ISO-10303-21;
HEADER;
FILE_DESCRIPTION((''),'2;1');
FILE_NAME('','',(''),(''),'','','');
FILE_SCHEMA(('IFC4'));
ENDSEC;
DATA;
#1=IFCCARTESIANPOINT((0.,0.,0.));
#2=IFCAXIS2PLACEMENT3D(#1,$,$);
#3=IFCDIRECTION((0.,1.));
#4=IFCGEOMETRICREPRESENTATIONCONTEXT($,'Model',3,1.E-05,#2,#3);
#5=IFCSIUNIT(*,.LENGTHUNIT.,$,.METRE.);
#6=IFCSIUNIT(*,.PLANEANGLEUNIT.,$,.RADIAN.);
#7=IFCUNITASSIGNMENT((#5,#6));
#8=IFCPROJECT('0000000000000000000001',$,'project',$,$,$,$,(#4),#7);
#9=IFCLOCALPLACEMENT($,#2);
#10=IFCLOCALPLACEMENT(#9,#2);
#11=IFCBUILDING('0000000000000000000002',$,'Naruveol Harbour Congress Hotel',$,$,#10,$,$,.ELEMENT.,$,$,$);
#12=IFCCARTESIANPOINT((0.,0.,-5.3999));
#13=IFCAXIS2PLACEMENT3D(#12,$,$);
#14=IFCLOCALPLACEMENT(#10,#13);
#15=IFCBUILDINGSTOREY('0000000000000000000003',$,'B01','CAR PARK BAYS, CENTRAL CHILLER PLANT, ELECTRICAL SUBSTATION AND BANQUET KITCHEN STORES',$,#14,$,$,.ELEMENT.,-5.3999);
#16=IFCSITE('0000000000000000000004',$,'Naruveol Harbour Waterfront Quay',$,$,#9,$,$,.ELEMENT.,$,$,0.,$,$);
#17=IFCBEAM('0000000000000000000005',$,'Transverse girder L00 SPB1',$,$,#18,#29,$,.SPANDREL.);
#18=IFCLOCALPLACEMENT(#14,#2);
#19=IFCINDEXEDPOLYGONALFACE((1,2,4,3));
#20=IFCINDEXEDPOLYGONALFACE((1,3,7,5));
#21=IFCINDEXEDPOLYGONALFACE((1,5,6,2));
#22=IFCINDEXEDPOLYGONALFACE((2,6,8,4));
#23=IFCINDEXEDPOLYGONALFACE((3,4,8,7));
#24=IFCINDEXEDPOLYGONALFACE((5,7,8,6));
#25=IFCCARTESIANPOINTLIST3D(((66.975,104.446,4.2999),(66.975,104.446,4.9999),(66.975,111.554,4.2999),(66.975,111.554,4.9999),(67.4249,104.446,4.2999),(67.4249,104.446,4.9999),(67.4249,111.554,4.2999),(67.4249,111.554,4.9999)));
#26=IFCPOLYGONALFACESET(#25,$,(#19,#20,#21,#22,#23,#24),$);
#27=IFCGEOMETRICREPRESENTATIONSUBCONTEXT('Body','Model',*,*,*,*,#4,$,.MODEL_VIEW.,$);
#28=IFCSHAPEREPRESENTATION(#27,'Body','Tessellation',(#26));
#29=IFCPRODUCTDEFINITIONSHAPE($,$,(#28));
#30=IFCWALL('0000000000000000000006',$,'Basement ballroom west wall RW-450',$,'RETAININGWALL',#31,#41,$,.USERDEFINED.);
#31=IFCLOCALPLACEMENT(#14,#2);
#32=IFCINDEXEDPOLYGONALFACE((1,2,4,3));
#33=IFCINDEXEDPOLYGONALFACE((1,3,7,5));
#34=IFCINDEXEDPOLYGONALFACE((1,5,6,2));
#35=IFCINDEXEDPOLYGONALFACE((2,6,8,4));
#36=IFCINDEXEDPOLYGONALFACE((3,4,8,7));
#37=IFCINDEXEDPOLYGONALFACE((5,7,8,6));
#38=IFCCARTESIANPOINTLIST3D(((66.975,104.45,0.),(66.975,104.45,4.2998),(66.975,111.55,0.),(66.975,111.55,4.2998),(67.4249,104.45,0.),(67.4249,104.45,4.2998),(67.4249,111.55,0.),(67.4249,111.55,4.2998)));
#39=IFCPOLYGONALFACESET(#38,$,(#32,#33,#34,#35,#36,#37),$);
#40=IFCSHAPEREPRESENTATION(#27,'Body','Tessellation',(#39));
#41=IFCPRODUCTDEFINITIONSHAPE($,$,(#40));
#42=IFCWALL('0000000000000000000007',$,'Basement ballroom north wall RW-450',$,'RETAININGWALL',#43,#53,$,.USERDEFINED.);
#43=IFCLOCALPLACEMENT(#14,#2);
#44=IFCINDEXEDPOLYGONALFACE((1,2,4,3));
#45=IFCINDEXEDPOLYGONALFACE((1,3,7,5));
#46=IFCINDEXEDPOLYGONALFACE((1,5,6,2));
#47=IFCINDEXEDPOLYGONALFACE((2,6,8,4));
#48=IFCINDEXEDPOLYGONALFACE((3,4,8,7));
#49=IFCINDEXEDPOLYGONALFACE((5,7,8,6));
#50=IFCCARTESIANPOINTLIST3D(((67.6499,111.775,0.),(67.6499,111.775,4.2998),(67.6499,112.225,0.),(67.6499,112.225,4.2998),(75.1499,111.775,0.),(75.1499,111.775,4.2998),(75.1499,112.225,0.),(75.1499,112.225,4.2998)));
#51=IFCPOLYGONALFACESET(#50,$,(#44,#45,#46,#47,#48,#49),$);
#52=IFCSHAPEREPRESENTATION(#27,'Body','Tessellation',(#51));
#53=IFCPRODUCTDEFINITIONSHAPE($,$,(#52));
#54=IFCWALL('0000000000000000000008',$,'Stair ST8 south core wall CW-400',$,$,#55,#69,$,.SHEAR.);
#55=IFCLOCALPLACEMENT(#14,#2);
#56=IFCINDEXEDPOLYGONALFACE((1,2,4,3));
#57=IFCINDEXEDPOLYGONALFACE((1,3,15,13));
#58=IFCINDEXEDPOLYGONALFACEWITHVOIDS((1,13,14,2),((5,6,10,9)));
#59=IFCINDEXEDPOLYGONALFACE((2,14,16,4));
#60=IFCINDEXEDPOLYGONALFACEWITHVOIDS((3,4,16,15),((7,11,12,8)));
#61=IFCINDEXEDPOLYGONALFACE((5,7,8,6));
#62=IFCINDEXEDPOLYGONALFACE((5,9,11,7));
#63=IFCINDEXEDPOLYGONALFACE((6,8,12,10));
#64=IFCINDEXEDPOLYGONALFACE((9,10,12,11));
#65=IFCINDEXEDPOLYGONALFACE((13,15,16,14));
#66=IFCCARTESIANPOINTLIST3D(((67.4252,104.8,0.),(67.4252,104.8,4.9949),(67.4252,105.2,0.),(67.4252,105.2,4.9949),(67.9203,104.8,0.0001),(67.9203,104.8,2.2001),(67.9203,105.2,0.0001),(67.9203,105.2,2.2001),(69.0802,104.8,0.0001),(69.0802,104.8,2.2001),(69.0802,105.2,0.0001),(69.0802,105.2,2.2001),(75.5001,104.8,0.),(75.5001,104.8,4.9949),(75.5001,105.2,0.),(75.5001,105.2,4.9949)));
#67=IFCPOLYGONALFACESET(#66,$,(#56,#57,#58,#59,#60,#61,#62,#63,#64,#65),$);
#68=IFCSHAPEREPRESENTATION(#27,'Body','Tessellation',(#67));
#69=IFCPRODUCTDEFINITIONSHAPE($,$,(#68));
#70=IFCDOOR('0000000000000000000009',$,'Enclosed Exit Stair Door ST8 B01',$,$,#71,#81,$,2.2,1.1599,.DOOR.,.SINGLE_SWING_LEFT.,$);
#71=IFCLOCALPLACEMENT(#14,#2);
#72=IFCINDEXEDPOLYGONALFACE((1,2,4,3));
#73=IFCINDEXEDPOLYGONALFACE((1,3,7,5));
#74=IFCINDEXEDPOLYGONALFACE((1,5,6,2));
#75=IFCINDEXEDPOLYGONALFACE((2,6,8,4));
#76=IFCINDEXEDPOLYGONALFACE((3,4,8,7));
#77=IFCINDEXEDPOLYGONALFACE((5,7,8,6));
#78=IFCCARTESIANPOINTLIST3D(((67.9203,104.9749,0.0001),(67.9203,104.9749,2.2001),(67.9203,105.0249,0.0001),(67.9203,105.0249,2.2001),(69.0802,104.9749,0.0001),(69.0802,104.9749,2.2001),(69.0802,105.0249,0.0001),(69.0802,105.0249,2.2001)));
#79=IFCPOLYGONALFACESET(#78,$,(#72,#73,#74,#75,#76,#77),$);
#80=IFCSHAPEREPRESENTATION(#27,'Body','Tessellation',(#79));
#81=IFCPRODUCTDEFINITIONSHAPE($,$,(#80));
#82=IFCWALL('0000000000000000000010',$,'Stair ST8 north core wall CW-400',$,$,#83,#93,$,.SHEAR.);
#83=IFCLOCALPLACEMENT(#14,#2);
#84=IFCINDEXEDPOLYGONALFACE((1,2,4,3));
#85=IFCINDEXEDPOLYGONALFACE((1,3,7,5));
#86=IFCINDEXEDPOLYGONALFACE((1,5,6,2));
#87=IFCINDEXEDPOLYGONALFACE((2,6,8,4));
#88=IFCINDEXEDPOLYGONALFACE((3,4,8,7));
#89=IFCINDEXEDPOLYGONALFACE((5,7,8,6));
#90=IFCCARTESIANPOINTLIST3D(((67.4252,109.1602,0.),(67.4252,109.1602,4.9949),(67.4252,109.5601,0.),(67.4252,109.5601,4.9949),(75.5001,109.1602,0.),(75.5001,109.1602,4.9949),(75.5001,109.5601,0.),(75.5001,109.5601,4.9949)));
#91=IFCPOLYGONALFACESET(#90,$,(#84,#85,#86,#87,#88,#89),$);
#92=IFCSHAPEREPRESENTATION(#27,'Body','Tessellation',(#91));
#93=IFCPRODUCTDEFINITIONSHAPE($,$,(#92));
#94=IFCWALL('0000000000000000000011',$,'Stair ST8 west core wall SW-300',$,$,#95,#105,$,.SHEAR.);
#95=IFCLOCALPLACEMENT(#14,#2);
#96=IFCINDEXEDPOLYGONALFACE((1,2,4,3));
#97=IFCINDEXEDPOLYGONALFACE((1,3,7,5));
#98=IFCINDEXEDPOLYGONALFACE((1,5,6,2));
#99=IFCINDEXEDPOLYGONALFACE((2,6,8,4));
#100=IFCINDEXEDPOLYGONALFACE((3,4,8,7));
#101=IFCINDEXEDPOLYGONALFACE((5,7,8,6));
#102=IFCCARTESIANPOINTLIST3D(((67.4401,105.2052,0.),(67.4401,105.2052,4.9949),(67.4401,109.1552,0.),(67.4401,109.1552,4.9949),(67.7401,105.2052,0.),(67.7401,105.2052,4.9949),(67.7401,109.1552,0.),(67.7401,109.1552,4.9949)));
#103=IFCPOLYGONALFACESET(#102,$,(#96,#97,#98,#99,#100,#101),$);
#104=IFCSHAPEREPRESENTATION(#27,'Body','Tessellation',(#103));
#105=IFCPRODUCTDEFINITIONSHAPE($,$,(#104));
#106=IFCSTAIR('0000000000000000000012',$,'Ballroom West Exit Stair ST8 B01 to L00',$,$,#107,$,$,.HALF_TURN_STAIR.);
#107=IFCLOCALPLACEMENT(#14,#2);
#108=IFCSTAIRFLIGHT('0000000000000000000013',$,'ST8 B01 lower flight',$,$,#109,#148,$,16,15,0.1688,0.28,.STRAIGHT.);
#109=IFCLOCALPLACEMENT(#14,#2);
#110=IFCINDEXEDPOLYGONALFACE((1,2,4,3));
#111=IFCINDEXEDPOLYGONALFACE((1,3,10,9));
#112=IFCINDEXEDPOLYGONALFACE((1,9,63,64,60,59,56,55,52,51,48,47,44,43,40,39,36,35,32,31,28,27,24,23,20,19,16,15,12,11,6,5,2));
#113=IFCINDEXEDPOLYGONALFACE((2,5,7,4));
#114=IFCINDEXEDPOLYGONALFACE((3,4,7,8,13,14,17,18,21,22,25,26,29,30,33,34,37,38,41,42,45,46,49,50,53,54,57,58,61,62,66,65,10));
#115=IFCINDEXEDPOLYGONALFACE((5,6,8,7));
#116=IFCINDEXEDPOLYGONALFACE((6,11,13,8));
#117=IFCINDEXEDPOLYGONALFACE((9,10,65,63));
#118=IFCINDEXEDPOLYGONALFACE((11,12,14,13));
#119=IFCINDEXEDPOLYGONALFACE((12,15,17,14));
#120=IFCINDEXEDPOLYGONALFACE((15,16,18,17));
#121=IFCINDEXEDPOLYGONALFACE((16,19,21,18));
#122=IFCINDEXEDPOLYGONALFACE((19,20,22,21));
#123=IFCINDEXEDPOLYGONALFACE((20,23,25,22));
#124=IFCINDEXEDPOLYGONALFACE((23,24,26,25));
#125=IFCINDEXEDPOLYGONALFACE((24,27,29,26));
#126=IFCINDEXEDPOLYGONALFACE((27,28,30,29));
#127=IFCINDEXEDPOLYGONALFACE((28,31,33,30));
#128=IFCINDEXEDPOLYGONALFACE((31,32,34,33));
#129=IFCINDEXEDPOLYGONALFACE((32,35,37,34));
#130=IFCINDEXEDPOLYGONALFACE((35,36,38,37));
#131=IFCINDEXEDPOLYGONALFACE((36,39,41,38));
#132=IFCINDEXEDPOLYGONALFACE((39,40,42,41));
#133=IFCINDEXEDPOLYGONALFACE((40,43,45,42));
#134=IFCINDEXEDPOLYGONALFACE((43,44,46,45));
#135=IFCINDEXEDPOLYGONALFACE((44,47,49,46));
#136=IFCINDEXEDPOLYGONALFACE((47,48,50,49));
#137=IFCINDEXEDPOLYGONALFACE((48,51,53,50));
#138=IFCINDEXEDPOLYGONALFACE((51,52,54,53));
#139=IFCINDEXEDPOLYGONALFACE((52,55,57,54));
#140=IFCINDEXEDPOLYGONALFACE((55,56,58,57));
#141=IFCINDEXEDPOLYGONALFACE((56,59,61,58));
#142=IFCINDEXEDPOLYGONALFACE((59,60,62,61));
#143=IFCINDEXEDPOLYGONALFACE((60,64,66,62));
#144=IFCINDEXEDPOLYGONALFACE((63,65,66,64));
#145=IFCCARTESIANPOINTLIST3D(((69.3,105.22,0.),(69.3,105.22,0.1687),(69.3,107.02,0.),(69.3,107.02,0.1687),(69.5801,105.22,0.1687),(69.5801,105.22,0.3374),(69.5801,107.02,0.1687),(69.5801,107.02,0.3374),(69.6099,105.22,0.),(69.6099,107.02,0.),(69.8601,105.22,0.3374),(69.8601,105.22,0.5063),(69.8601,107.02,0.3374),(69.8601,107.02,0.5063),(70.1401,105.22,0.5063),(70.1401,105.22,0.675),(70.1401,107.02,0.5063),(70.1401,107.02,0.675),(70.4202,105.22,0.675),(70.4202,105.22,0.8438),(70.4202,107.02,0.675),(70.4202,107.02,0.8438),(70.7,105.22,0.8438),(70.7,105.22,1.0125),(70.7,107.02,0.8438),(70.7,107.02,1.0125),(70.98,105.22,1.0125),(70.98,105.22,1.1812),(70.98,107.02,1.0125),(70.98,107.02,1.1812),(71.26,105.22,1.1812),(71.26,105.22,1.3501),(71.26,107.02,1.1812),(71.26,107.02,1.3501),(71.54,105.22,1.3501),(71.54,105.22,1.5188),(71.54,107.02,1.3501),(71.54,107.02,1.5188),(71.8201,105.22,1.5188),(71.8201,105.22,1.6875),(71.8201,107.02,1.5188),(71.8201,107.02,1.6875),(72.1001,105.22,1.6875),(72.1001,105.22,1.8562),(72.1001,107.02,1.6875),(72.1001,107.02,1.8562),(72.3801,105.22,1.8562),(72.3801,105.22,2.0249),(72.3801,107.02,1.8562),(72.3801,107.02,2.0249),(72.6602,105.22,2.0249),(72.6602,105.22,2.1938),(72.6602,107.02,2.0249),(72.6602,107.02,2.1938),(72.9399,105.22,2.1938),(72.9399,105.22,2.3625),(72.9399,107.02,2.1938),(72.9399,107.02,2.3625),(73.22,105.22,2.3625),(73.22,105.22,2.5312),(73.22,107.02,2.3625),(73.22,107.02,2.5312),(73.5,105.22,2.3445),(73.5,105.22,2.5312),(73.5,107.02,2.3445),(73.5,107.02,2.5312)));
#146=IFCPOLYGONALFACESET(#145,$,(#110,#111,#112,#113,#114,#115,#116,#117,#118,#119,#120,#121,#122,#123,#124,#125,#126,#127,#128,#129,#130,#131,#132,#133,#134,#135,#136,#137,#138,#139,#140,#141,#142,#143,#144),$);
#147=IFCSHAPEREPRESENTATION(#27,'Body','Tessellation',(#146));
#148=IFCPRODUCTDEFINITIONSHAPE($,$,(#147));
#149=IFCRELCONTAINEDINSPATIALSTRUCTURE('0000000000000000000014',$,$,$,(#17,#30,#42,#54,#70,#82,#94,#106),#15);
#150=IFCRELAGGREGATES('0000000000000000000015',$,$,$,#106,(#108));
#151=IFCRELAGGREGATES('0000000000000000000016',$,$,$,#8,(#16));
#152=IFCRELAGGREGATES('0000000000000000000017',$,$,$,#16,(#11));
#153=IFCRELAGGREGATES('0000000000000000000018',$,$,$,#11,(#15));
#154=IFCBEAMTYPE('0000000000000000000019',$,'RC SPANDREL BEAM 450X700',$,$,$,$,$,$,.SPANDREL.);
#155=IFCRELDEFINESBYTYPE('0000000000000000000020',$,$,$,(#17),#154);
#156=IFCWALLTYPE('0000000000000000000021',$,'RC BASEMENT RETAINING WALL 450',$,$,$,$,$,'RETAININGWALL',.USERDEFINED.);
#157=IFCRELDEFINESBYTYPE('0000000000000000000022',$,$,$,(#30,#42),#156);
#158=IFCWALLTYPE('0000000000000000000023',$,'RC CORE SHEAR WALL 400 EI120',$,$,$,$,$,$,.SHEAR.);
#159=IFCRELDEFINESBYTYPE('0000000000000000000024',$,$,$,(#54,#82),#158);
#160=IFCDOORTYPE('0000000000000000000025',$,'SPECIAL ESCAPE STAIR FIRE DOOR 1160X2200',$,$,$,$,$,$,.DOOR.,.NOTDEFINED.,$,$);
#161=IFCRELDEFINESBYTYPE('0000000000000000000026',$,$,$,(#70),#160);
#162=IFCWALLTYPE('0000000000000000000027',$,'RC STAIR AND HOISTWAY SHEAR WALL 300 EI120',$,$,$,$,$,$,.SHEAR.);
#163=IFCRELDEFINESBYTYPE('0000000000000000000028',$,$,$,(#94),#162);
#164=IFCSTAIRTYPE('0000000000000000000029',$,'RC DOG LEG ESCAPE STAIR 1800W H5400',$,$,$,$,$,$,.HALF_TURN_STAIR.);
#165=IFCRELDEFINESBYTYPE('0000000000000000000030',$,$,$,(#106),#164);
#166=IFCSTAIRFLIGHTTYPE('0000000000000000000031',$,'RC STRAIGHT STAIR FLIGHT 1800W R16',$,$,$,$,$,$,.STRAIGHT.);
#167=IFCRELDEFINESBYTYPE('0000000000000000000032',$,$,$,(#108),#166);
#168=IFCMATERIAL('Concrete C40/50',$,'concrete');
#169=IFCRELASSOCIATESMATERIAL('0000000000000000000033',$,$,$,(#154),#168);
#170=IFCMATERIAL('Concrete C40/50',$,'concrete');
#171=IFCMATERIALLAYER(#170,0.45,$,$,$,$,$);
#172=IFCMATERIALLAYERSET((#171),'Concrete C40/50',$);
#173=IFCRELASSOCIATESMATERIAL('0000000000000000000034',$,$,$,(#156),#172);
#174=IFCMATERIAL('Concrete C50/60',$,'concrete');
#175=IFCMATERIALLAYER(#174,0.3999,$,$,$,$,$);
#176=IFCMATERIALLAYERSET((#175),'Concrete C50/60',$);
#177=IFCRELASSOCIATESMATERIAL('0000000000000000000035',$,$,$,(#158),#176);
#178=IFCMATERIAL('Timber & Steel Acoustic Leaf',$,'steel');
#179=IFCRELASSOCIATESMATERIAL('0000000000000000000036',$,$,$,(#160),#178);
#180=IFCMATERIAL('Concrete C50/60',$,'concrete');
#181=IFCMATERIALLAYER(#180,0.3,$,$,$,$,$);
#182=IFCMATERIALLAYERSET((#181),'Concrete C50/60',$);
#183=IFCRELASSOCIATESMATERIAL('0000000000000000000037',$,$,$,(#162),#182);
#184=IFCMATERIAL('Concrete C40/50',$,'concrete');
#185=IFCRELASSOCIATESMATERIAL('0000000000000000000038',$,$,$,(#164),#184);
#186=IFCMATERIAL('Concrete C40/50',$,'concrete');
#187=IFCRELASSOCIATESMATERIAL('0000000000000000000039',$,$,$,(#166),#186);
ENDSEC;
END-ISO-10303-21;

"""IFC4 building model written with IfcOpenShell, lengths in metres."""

from ifc_helpers import new_model, si_unit, direction, frame, frame_2d, origin, origin_2d, place, context, subcontext, project, spatial, polyline, rectangle, outline, extrude, material, layer, layer_set, material_profile, profile_set, type_object, element, fill, aggregate, save


model = new_model("IFC4")

# Units and contexts
model_context = context("Model", 3, precision=1e-05, world=origin(), true_north=direction((0.0, 1.0)))
body_context = subcontext(model_context, "Body", "Model", "MODEL_VIEW")
ifc_project = project(units=[si_unit("LENGTHUNIT", "METRE"), si_unit("PLANEANGLEUNIT", "RADIAN")], contexts=[model_context])

# Site, building, storey
site_placement = place(None, origin())
site = spatial("IfcSite", under=ifc_project, at=site_placement, Name="Naruveol Harbour Waterfront Quay", CompositionType="ELEMENT", RefElevation=0.0)
building_placement = place(site_placement, origin())
building = spatial("IfcBuilding", under=site, at=building_placement, Name="Naruveol Harbour Congress Hotel", CompositionType="ELEMENT")
storey_placement = place(building_placement, frame((0.0, 0.0, -5.3999)))
storey = spatial("IfcBuildingStorey", under=building, at=storey_placement, Name="B01", Description="CAR PARK BAYS, CENTRAL CHILLER PLANT, ELECTRICAL SUBSTATION AND BANQUET KITCHEN STORES", CompositionType="ELEMENT", Elevation=-5.3999)

# Beam
ifc_material_1 = material(Name="Concrete C40/50", Category="concrete")
ifc_material_profile_1 = material_profile(ifc_material_1, rectangle(XDim=0.45, YDim=0.7, at=origin_2d()), Name="RCB-450x700")
ifc_profile_set_1 = profile_set([ifc_material_profile_1], Name="Concrete C40/50")
beam_type = type_object("IfcBeamType", Name="RC SPANDREL BEAM 450X700", PredefinedType="SPANDREL", material=ifc_profile_set_1)
beam_1_placement = place(storey_placement, frame((67.2, 104.446, 4.6499), z_axis=(0.0, 1.0, 0.0), x_axis=(-1.0, 0.0, 0.0)))
element("IfcBeam", 1, at=beam_1_placement, inside=storey, type_object=beam_type, Name="Transverse girder L00 SPB1", PredefinedType="SPANDREL", context=body_context, shape_type="SweptSolid", body=[
    extrude(rectangle(XDim=0.45, YDim=0.7, at=origin_2d()), origin(), (0.0, 0.0, 1.0), 7.1079),
])

# Walls
ifc_material_2 = material(Name="Concrete C40/50", Category="concrete")
ifc_layer_1 = layer(ifc_material_2, 0.45)
ifc_layer_set_1 = layer_set([ifc_layer_1], Name="Concrete C40/50")
wall_type_1 = type_object("IfcWallType", Name="RC BASEMENT RETAINING WALL 450", ElementType="RETAININGWALL", PredefinedType="USERDEFINED", material=ifc_layer_set_1)
wall_1_placement = place(storey_placement, frame((67.2, 104.45, 0.0), z_axis=(0.0, 0.0, 1.0), x_axis=(0.0, 1.0, 0.0)))
element("IfcWall", 2, at=wall_1_placement, inside=storey, type_object=wall_type_1, Name="Basement ballroom west wall RW-450", ObjectType="RETAININGWALL", PredefinedType="USERDEFINED", context=body_context, shape_type="SweptSolid", body=[
    extrude(rectangle(XDim=7.1001, YDim=0.45, at=frame_2d((3.55, 0.0))), origin(), (0.0, 0.0, 1.0), 4.2998),
])
wall_2_placement = place(storey_placement, frame((67.6499, 112.0, 0.0), z_axis=(0.0, 0.0, 1.0), x_axis=(1.0, 0.0, 0.0)))
element("IfcWall", 3, at=wall_2_placement, inside=storey, type_object=wall_type_1, Name="Basement ballroom north wall RW-450", ObjectType="RETAININGWALL", PredefinedType="USERDEFINED", context=body_context, shape_type="SweptSolid", body=[
    extrude(rectangle(XDim=7.5, YDim=0.45, at=frame_2d((3.75, 0.0))), origin(), (0.0, 0.0, 1.0), 4.2998),
])

# Wall, opening, door
ifc_material_3 = material(Name="Concrete C50/60", Category="concrete")
ifc_layer_2 = layer(ifc_material_3, 0.3999)
ifc_layer_set_2 = layer_set([ifc_layer_2], Name="Concrete C50/60")
wall_type_2 = type_object("IfcWallType", Name="RC CORE SHEAR WALL 400 EI120", PredefinedType="SHEAR", material=ifc_layer_set_2)
wall_3_placement = place(storey_placement, frame((67.425, 105.0, 0.0), z_axis=(0.0, 0.0, 1.0), x_axis=(1.0, 0.0, 0.0)))
wall_3 = element("IfcWall", 4, at=wall_3_placement, inside=storey, type_object=wall_type_2, Name="Stair ST8 south core wall CW-400", PredefinedType="SHEAR", context=body_context, shape_type="SweptSolid", body=[
    extrude(rectangle(XDim=8.075, YDim=0.3999, at=frame_2d((4.0376, 0.0))), origin(), (0.0, 0.0, 1.0), 4.9949),
])
opening_placement = place(wall_3_placement, frame((0.4951, 0.0, 0.0)))
opening = element("IfcOpeningElement", 5, at=opening_placement, cuts=wall_3, PredefinedType="OPENING", context=body_context, shape_type="SweptSolid", body=[
    extrude(rectangle(XDim=1.1599, YDim=2.2, at=frame_2d((0.5801, 1.1001))), frame((0.0, 0.21, 0.0), z_axis=(0.0, -1.0, 0.0), x_axis=(1.0, 0.0, 0.0)), (0.0, 0.0, 1.0), 0.4199),
])
ifc_material_4 = material(Name="Timber & Steel Acoustic Leaf", Category="steel")
door_type = type_object("IfcDoorType", Name="SPECIAL ESCAPE STAIR FIRE DOOR 1160X2200", OperationType="NOTDEFINED", PredefinedType="DOOR", material=ifc_material_4)
door_placement = place(opening_placement, origin())
door = element("IfcDoor", 6, at=door_placement, inside=storey, type_object=door_type, Name="Enclosed Exit Stair Door ST8 B01", OperationType="SINGLE_SWING_LEFT", OverallHeight=2.2, OverallWidth=1.1599, PredefinedType="DOOR", context=body_context, shape_type="SweptSolid", body=[
    extrude(rectangle(XDim=1.1599, YDim=2.2, at=frame_2d((0.5801, 1.1001))), frame((0.0, 0.0249, 0.0), z_axis=(0.0, -1.0, 0.0), x_axis=(1.0, 0.0, 0.0)), (0.0, 0.0, 1.0), 0.05),
])
fill(opening, door)

# Walls
wall_4_placement = place(storey_placement, frame((67.425, 109.3601, 0.0), z_axis=(0.0, 0.0, 1.0), x_axis=(1.0, 0.0, 0.0)))
element("IfcWall", 7, at=wall_4_placement, inside=storey, type_object=wall_type_2, Name="Stair ST8 north core wall CW-400", PredefinedType="SHEAR", context=body_context, shape_type="SweptSolid", body=[
    extrude(rectangle(XDim=8.075, YDim=0.3999, at=frame_2d((4.0376, 0.0))), origin(), (0.0, 0.0, 1.0), 4.9949),
])
ifc_material_5 = material(Name="Concrete C50/60", Category="concrete")
ifc_layer_3 = layer(ifc_material_5, 0.3)
ifc_layer_set_3 = layer_set([ifc_layer_3], Name="Concrete C50/60")
wall_type_3 = type_object("IfcWallType", Name="RC STAIR AND HOISTWAY SHEAR WALL 300 EI120", PredefinedType="SHEAR", material=ifc_layer_set_3)
wall_5_placement = place(storey_placement, frame((67.5901, 105.2051, 0.0), z_axis=(0.0, 0.0, 1.0), x_axis=(0.0, 1.0, 0.0)))
element("IfcWall", 8, at=wall_5_placement, inside=storey, type_object=wall_type_3, Name="Stair ST8 west core wall SW-300", PredefinedType="SHEAR", context=body_context, shape_type="SweptSolid", body=[
    extrude(rectangle(XDim=3.95, YDim=0.3, at=frame_2d((1.9751, 0.0))), origin(), (0.0, 0.0, 1.0), 4.9949),
])

# Stair, stair flight
ifc_material_6 = material(Name="Concrete C40/50", Category="concrete")
stair_type = type_object("IfcStairType", Name="RC DOG LEG ESCAPE STAIR 1800W H5400", PredefinedType="HALF_TURN_STAIR", material=ifc_material_6)
stair_placement = place(storey_placement, origin())
stair = element("IfcStair", 9, at=stair_placement, inside=storey, type_object=stair_type, Name="Ballroom West Exit Stair ST8 B01 to L00", PredefinedType="HALF_TURN_STAIR")
ifc_material_7 = material(Name="Concrete C40/50", Category="concrete")
stair_flight_type = type_object("IfcStairFlightType", Name="RC STRAIGHT STAIR FLIGHT 1800W R16", PredefinedType="STRAIGHT", material=ifc_material_7)
stair_flight_placement = place(storey_placement, frame((69.3, 106.1201, 0.0), z_axis=(0.0, 0.0, 1.0), x_axis=(1.0, 0.0, 0.0)))
stair_flight = element("IfcStairFlight", 10, at=stair_flight_placement, type_object=stair_flight_type, Name="ST8 B01 lower flight", NumberOfRisers=16, NumberOfTreads=15, PredefinedType="STRAIGHT", RiserHeight=0.1688, TreadLength=0.28, context=body_context, shape_type="SweptSolid", body=[
    extrude(outline(polyline([(0.0, 0.0), (0.0, 0.1687), (0.28, 0.1687), (0.28, 0.3374), (0.5601, 0.3374), (0.5601, 0.5063), (0.8401, 0.5063), (0.8401, 0.675), (1.1201, 0.675), (1.1201, 0.8438), (1.3999, 0.8438), (1.3999, 1.0125), (1.6799, 1.0125), (1.6799, 1.1812), (1.96, 1.1812), (1.96, 1.3501), (2.24, 1.3501), (2.24, 1.5188), (2.52, 1.5188), (2.52, 1.6875), (2.8, 1.6875), (2.8, 1.8562), (3.0801, 1.8562), (3.0801, 2.0249), (3.3601, 2.0249), (3.3601, 2.1938), (3.6399, 2.1938), (3.6399, 2.3625), (3.9199, 2.3625), (3.9199, 2.5312), (4.2, 2.5312), (4.2, 2.7), (4.2, 2.3445), (0.3098, 0.0), (0.0, 0.0)])), frame((0.0, 0.8999, 0.0), z_axis=(0.0, -1.0, 0.0), x_axis=(1.0, 0.0, 0.0)), (0.0, 0.0, 1.0), 1.8),
])
aggregate(stair, [stair_flight])

save(model, "model.ifc")
